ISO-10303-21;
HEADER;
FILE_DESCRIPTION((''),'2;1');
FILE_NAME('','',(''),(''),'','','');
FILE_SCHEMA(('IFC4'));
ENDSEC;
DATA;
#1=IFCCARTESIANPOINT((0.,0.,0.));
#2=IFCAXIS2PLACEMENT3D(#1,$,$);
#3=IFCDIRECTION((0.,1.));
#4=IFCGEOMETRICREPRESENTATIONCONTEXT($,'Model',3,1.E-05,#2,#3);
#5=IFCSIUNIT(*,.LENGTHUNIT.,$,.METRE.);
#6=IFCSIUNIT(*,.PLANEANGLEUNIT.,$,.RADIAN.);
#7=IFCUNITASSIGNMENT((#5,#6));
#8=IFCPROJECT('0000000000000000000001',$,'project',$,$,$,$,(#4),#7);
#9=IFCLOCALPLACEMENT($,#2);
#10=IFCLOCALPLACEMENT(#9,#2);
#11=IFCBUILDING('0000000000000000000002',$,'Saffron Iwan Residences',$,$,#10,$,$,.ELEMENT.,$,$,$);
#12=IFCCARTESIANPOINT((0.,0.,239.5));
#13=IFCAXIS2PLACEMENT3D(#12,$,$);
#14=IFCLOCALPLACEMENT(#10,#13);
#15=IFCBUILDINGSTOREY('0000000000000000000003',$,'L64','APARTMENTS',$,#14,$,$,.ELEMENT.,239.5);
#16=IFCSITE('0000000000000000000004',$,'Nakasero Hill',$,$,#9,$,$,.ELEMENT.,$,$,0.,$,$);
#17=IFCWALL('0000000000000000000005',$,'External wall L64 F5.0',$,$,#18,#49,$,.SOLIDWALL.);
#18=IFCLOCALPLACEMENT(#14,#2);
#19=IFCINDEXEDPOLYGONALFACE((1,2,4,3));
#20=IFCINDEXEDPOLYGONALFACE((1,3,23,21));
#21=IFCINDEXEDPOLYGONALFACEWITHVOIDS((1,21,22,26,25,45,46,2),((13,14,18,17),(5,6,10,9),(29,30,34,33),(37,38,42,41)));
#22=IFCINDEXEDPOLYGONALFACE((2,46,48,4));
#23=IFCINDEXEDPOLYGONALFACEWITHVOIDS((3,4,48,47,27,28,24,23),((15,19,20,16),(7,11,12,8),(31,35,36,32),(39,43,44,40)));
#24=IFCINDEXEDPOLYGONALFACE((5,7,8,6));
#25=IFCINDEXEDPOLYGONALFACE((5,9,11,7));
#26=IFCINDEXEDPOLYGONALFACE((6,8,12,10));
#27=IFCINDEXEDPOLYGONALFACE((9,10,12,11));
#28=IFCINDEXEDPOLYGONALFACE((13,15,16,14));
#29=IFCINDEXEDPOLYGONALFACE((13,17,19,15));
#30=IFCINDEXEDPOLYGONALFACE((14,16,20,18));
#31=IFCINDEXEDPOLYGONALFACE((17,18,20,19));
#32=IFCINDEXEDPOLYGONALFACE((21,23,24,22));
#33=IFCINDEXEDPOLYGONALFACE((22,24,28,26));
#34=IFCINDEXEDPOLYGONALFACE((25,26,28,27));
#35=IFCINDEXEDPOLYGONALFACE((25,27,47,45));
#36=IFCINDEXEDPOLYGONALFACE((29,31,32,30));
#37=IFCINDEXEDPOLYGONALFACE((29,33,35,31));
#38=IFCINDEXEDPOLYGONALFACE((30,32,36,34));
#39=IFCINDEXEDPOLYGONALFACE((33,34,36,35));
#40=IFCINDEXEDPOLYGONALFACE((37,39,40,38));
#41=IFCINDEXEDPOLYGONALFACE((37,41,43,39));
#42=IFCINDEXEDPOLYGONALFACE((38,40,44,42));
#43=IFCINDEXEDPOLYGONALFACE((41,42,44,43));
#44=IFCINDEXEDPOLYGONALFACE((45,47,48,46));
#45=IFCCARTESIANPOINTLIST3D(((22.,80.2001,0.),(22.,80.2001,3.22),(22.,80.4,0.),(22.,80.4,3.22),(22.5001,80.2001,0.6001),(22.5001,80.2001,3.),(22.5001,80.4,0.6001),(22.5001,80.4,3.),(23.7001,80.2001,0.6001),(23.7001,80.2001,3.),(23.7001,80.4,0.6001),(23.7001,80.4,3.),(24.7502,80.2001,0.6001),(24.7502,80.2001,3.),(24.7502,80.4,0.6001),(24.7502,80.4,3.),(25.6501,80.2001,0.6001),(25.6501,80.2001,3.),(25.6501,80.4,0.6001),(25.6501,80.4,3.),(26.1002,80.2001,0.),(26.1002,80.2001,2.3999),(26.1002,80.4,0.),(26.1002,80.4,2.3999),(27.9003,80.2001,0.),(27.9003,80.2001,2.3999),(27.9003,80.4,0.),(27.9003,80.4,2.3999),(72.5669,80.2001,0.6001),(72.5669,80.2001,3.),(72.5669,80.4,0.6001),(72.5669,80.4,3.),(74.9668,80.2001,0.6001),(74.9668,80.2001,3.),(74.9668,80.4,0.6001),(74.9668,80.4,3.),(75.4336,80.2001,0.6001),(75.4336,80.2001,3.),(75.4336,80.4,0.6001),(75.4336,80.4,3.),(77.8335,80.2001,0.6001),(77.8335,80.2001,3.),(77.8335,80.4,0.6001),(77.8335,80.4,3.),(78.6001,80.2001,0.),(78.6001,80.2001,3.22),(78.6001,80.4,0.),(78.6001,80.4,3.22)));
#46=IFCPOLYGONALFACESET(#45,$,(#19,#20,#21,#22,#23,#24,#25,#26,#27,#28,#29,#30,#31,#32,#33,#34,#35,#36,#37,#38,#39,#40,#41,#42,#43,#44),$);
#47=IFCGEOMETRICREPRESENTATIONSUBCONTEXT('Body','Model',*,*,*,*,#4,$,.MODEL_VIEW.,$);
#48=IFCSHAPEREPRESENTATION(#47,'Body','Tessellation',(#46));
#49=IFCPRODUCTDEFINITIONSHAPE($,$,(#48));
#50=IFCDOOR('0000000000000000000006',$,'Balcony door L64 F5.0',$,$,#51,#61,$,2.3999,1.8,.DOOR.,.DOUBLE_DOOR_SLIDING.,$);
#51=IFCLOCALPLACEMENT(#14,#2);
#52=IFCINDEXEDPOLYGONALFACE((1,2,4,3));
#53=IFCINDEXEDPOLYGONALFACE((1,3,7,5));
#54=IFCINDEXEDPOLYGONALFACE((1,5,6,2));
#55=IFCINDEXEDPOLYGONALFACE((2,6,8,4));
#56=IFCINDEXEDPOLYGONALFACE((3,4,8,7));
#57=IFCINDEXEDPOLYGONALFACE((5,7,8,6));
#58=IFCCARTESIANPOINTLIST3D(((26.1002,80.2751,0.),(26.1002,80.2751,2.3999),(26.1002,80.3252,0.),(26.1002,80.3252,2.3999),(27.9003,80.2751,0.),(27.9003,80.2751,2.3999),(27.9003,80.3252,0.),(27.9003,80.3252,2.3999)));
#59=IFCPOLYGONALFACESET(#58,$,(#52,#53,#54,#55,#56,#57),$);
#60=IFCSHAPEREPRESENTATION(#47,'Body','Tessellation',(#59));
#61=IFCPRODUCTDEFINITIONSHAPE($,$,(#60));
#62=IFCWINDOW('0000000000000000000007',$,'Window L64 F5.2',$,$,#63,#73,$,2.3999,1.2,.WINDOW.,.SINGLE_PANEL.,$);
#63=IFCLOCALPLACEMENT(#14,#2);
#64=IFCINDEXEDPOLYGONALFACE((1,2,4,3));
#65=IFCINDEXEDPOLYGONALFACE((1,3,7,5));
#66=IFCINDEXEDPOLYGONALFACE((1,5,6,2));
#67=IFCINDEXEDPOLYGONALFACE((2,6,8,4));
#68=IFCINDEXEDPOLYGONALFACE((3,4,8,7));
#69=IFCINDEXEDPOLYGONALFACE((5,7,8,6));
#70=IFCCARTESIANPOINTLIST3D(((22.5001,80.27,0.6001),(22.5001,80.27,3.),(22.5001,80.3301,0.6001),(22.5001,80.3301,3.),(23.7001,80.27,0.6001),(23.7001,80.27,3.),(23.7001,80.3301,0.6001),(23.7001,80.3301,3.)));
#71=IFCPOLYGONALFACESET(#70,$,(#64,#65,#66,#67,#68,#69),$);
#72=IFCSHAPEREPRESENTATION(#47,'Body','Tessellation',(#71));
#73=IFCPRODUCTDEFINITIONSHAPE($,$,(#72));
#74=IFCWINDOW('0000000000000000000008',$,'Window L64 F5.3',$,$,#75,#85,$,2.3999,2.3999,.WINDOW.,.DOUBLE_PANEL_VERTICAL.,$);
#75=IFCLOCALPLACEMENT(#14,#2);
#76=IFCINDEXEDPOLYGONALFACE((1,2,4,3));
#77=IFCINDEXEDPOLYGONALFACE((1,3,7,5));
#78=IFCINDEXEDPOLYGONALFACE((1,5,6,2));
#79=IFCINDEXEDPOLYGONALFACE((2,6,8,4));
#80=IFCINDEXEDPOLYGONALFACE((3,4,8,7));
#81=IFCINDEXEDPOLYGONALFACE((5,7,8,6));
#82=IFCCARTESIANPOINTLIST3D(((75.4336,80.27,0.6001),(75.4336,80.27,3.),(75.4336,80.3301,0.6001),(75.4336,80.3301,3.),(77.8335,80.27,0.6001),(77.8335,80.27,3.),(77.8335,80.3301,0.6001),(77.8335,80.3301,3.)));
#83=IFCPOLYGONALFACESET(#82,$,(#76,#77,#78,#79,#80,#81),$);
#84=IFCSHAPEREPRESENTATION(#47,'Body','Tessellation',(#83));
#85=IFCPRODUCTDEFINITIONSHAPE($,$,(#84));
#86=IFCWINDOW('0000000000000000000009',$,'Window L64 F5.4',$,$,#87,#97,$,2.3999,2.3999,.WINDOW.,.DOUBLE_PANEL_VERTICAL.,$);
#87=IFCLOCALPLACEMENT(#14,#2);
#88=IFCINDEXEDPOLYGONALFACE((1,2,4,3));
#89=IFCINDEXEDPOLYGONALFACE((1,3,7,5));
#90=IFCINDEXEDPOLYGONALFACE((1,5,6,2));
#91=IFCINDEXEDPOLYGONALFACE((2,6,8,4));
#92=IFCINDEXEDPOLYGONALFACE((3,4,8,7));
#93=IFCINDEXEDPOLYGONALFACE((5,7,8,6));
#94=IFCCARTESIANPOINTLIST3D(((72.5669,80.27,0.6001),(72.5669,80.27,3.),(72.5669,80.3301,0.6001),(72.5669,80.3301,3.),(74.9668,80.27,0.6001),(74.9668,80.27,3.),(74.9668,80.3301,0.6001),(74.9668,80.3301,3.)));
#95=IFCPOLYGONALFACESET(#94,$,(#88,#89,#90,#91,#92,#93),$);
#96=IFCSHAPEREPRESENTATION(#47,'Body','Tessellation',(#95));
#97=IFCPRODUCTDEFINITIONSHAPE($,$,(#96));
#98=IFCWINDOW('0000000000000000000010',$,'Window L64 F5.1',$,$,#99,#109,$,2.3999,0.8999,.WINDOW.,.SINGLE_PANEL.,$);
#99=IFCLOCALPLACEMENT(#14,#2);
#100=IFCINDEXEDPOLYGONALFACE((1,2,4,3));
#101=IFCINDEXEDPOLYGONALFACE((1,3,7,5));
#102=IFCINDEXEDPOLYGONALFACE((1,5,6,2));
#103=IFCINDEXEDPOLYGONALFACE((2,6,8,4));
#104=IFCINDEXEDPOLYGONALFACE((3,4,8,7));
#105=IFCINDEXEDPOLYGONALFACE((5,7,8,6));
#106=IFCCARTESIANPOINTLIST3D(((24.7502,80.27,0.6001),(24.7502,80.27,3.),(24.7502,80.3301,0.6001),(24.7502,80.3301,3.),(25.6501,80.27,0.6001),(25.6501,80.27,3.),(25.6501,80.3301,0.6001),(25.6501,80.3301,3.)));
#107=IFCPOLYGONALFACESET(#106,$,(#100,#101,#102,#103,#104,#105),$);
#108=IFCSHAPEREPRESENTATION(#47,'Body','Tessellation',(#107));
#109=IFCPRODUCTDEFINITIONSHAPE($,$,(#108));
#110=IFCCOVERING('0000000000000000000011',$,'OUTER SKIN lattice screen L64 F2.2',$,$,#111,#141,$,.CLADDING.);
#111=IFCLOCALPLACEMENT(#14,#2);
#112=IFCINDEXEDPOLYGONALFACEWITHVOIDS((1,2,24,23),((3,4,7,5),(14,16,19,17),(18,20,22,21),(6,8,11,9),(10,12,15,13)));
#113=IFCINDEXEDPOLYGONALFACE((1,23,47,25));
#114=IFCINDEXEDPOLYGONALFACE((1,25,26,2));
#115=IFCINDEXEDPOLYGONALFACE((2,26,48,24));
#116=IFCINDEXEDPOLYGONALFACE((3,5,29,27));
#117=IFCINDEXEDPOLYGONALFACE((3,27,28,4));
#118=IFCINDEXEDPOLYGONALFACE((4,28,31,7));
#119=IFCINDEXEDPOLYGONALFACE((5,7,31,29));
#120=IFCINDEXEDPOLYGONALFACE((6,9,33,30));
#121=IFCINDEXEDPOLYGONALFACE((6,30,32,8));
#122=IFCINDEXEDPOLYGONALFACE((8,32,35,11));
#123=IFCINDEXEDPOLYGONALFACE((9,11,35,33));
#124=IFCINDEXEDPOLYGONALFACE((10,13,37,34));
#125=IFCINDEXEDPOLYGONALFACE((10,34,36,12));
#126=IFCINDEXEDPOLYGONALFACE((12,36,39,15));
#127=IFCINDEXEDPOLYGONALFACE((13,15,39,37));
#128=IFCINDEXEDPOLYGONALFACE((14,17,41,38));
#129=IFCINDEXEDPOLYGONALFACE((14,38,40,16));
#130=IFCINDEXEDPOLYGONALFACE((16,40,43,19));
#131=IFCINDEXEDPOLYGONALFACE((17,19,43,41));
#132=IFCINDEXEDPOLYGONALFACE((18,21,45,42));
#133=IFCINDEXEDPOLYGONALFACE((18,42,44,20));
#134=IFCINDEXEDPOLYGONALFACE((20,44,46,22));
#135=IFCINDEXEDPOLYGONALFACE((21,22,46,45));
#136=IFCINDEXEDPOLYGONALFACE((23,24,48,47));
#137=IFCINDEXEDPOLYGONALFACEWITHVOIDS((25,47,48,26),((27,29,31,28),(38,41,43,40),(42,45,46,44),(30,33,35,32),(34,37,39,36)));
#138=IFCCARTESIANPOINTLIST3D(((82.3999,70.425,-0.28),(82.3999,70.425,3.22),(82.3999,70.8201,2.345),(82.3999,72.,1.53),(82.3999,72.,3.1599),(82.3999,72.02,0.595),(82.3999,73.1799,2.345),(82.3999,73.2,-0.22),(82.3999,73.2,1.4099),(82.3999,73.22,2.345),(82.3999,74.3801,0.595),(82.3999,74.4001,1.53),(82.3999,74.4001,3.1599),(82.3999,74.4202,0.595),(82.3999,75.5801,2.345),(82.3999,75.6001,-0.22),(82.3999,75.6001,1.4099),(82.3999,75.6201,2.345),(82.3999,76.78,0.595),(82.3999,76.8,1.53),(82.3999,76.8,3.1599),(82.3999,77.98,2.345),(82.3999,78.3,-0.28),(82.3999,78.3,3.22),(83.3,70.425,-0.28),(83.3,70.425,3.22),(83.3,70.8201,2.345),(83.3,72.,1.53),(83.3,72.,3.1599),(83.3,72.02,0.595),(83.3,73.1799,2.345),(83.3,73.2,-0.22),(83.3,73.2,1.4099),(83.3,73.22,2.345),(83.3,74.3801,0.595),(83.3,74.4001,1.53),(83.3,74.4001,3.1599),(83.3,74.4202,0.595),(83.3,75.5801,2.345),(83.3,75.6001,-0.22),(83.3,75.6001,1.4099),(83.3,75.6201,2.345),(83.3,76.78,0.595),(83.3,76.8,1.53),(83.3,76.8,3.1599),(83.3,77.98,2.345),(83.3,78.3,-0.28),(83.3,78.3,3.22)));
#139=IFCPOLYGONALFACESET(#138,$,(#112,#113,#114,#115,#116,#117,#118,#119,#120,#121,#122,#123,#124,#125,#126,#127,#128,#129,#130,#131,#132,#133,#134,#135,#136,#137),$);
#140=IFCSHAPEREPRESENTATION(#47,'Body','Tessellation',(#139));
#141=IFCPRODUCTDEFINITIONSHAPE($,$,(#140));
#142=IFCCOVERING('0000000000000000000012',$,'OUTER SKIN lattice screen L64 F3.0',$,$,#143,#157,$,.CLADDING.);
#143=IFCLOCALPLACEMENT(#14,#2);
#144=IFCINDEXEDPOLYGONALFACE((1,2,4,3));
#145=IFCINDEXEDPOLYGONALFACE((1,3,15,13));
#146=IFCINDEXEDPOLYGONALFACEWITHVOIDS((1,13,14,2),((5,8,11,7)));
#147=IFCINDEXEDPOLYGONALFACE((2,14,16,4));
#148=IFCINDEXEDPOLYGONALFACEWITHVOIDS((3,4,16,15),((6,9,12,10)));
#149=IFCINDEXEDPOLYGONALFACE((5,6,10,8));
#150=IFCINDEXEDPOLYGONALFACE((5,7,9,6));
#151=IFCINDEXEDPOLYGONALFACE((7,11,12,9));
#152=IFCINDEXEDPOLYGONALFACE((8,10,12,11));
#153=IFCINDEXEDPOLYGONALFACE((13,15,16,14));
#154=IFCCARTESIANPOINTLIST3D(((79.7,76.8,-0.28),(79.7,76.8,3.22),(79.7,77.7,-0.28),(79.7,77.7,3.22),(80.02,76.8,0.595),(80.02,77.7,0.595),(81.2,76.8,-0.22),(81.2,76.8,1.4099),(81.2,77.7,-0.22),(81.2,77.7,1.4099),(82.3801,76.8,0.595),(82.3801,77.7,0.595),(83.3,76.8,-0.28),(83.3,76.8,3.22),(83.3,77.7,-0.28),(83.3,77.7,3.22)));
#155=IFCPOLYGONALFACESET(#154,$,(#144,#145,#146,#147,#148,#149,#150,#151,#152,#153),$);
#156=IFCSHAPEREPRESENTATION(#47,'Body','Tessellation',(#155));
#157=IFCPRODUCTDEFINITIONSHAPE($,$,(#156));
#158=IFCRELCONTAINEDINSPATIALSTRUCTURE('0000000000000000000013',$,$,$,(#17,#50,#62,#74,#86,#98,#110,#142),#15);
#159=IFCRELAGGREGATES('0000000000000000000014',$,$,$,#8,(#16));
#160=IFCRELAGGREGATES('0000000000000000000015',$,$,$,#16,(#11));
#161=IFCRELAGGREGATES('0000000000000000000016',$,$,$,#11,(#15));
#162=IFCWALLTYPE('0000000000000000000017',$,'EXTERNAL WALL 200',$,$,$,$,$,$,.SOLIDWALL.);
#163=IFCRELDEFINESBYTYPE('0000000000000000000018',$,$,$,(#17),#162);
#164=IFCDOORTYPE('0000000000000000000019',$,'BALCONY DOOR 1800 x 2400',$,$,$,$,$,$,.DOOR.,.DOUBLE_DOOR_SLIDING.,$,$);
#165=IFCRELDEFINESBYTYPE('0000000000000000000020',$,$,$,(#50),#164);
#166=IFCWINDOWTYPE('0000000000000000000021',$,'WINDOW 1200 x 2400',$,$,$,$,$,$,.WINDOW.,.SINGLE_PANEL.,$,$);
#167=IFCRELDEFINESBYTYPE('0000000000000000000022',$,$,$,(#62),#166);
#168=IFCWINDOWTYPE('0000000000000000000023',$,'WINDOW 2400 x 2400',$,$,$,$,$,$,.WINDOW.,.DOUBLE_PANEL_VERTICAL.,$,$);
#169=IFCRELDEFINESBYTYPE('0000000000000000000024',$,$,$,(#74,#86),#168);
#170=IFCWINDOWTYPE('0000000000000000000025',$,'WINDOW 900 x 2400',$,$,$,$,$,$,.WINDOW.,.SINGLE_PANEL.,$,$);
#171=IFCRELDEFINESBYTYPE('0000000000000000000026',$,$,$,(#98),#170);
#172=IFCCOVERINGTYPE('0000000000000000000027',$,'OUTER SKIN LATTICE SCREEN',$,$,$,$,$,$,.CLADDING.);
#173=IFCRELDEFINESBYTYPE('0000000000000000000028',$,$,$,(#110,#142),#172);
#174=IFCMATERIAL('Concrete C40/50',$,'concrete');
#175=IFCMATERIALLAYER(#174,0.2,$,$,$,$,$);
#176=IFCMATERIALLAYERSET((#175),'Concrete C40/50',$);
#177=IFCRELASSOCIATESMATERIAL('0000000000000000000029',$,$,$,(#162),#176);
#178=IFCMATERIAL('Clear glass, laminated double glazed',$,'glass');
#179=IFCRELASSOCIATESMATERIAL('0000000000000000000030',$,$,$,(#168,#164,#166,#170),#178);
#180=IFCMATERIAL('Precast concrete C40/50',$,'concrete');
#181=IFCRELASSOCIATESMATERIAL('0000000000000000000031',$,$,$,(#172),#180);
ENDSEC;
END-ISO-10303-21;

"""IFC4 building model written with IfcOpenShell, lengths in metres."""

from ifc_helpers import new_model, si_unit, direction, frame, frame_2d, origin, place, context, subcontext, project, spatial, polyline, rectangle, outline, extrude, material, layer, layer_set, type_object, element, fill, save


model = new_model("IFC4")

# Units and contexts
model_context = context("Model", 3, precision=1e-05, world=origin(), true_north=direction((0.0, 1.0)))
body_context = subcontext(model_context, "Body", "Model", "MODEL_VIEW")
ifc_project = project(units=[si_unit("LENGTHUNIT", "METRE"), si_unit("PLANEANGLEUNIT", "RADIAN")], contexts=[model_context])

# Site, building, storey
site_placement = place(None, origin())
site = spatial("IfcSite", under=ifc_project, at=site_placement, Name="Nakasero Hill", CompositionType="ELEMENT", RefElevation=0.0)
building_placement = place(site_placement, origin())
building = spatial("IfcBuilding", under=site, at=building_placement, Name="Saffron Iwan Residences", CompositionType="ELEMENT")
storey_placement = place(building_placement, frame((0.0, 0.0, 239.5)))
storey = spatial("IfcBuildingStorey", under=building, at=storey_placement, Name="L64", Description="APARTMENTS", CompositionType="ELEMENT", Elevation=239.5)

# Shared definitions
ifc_material_1 = material(Name="Concrete C40/50", Category="concrete")

# Shared definitions
ifc_layer = layer(ifc_material_1, 0.2)
ifc_layer_set = layer_set([ifc_layer], Name="Concrete C40/50")
wall_type = type_object("IfcWallType", Name="EXTERNAL WALL 200", PredefinedType="SOLIDWALL", material=ifc_layer_set)
ifc_material_2 = material(Name="Clear glass, laminated double glazed", Category="glass")
window_type_1 = type_object("IfcWindowType", Name="WINDOW 2400 x 2400", PartitioningType="DOUBLE_PANEL_VERTICAL", PredefinedType="WINDOW", material=ifc_material_2)

# Wall, openings, door, windows
wall_1_placement = place(storey_placement, frame((78.6001, 80.3, 0.0), z_axis=(0.0, 0.0, 1.0), x_axis=(-1.0, 0.0, 0.0)))
wall_1 = element("IfcWall", 1, at=wall_1_placement, inside=storey, type_object=wall_type, Name="External wall L64 F5.0", PredefinedType="SOLIDWALL", context=body_context, shape_type="SweptSolid", body=[
    extrude(rectangle(XDim=56.6001, YDim=0.2, at=frame_2d((28.3, 0.0))), origin(), (0.0, 0.0, 1.0), 3.22),
])
opening_1_placement = place(wall_1_placement, frame((50.7, 0.0, 0.0)))
opening_1 = element("IfcOpeningElement", 2, at=opening_1_placement, cuts=wall_1, PredefinedType="OPENING", context=body_context, shape_type="SweptSolid", body=[
    extrude(rectangle(XDim=1.8, YDim=2.3999, at=frame_2d((0.8999, 1.2))), frame((0.0, 0.1099, 0.0), z_axis=(0.0, -1.0, 0.0), x_axis=(1.0, 0.0, 0.0)), (0.0, 0.0, 1.0), 0.22),
])
opening_2_placement = place(wall_1_placement, frame((52.95, 0.0, 0.6001)))
opening_2 = element("IfcOpeningElement", 3, at=opening_2_placement, cuts=wall_1, PredefinedType="OPENING", context=body_context, shape_type="SweptSolid", body=[
    extrude(rectangle(XDim=0.8999, YDim=2.3999, at=frame_2d((0.45, 1.2))), frame((0.0, 0.1099, 0.0), z_axis=(0.0, -1.0, 0.0), x_axis=(1.0, 0.0, 0.0)), (0.0, 0.0, 1.0), 0.22),
])
opening_3_placement = place(wall_1_placement, frame((54.8999, 0.0, 0.6001)))
opening_3 = element("IfcOpeningElement", 4, at=opening_3_placement, cuts=wall_1, PredefinedType="OPENING", context=body_context, shape_type="SweptSolid", body=[
    extrude(rectangle(XDim=1.2, YDim=2.3999, at=frame_2d((0.6001, 1.2))), frame((0.0, 0.1099, 0.0), z_axis=(0.0, -1.0, 0.0), x_axis=(1.0, 0.0, 0.0)), (0.0, 0.0, 1.0), 0.22),
])
opening_4_placement = place(wall_1_placement, frame((0.7666, 0.0, 0.6001)))
opening_4 = element("IfcOpeningElement", 5, at=opening_4_placement, cuts=wall_1, PredefinedType="OPENING", context=body_context, shape_type="SweptSolid", body=[
    extrude(rectangle(XDim=2.3999, YDim=2.3999, at=frame_2d((1.2, 1.2))), frame((0.0, 0.1099, 0.0), z_axis=(0.0, -1.0, 0.0), x_axis=(1.0, 0.0, 0.0)), (0.0, 0.0, 1.0), 0.22),
])
opening_5_placement = place(wall_1_placement, frame((3.6333, 0.0, 0.6001)))
opening_5 = element("IfcOpeningElement", 6, at=opening_5_placement, cuts=wall_1, PredefinedType="OPENING", context=body_context, shape_type="SweptSolid", body=[
    extrude(rectangle(XDim=2.3999, YDim=2.3999, at=frame_2d((1.2, 1.2))), frame((0.0, 0.1099, 0.0), z_axis=(0.0, -1.0, 0.0), x_axis=(1.0, 0.0, 0.0)), (0.0, 0.0, 1.0), 0.22),
])
door_type = type_object("IfcDoorType", Name="BALCONY DOOR 1800 x 2400", OperationType="DOUBLE_DOOR_SLIDING", PredefinedType="DOOR", material=ifc_material_2)
door_placement = place(opening_1_placement, origin())
door = element("IfcDoor", 7, at=door_placement, inside=storey, type_object=door_type, Name="Balcony door L64 F5.0", OperationType="DOUBLE_DOOR_SLIDING", OverallHeight=2.3999, OverallWidth=1.8, PredefinedType="DOOR", context=body_context, shape_type="SweptSolid", body=[
    extrude(rectangle(XDim=1.8, YDim=2.3999, at=frame_2d((0.8999, 1.2))), frame((0.0, 0.0249, 0.0), z_axis=(0.0, -1.0, 0.0), x_axis=(1.0, 0.0, 0.0)), (0.0, 0.0, 1.0), 0.05),
])
fill(opening_1, door)
window_type_2 = type_object("IfcWindowType", Name="WINDOW 1200 x 2400", PartitioningType="SINGLE_PANEL", PredefinedType="WINDOW", material=ifc_material_2)
window_1_placement = place(opening_3_placement, origin())
window_1 = element("IfcWindow", 8, at=window_1_placement, inside=storey, type_object=window_type_2, Name="Window L64 F5.2", OverallHeight=2.3999, OverallWidth=1.2, PartitioningType="SINGLE_PANEL", PredefinedType="WINDOW", context=body_context, shape_type="SweptSolid", body=[
    extrude(rectangle(XDim=1.2, YDim=2.3999, at=frame_2d((0.6001, 1.2))), frame((0.0, 0.03, 0.0), z_axis=(0.0, -1.0, 0.0), x_axis=(1.0, 0.0, 0.0)), (0.0, 0.0, 1.0), 0.0601),
])
fill(opening_3, window_1)
window_2_placement = place(opening_4_placement, origin())
window_2 = element("IfcWindow", 9, at=window_2_placement, inside=storey, type_object=window_type_1, Name="Window L64 F5.3", OverallHeight=2.3999, OverallWidth=2.3999, PartitioningType="DOUBLE_PANEL_VERTICAL", PredefinedType="WINDOW", context=body_context, shape_type="SweptSolid", body=[
    extrude(rectangle(XDim=2.3999, YDim=2.3999, at=frame_2d((1.2, 1.2))), frame((0.0, 0.03, 0.0), z_axis=(0.0, -1.0, 0.0), x_axis=(1.0, 0.0, 0.0)), (0.0, 0.0, 1.0), 0.0601),
])
fill(opening_4, window_2)
window_3_placement = place(opening_5_placement, origin())
window_3 = element("IfcWindow", 10, at=window_3_placement, inside=storey, type_object=window_type_1, Name="Window L64 F5.4", OverallHeight=2.3999, OverallWidth=2.3999, PartitioningType="DOUBLE_PANEL_VERTICAL", PredefinedType="WINDOW", context=body_context, shape_type="SweptSolid", body=[
    extrude(rectangle(XDim=2.3999, YDim=2.3999, at=frame_2d((1.2, 1.2))), frame((0.0, 0.03, 0.0), z_axis=(0.0, -1.0, 0.0), x_axis=(1.0, 0.0, 0.0)), (0.0, 0.0, 1.0), 0.0601),
])
fill(opening_5, window_3)
window_type_3 = type_object("IfcWindowType", Name="WINDOW 900 x 2400", PartitioningType="SINGLE_PANEL", PredefinedType="WINDOW", material=ifc_material_2)
window_4_placement = place(opening_2_placement, origin())
window_4 = element("IfcWindow", 11, at=window_4_placement, inside=storey, type_object=window_type_3, Name="Window L64 F5.1", OverallHeight=2.3999, OverallWidth=0.8999, PartitioningType="SINGLE_PANEL", PredefinedType="WINDOW", context=body_context, shape_type="SweptSolid", body=[
    extrude(rectangle(XDim=0.8999, YDim=2.3999, at=frame_2d((0.45, 1.2))), frame((0.0, 0.03, 0.0), z_axis=(0.0, -1.0, 0.0), x_axis=(1.0, 0.0, 0.0)), (0.0, 0.0, 1.0), 0.0601),
])
fill(opening_2, window_4)

# Coverings
ifc_material_3 = material(Name="Precast concrete C40/50", Category="concrete")
covering_type = type_object("IfcCoveringType", Name="OUTER SKIN LATTICE SCREEN", PredefinedType="CLADDING", material=ifc_material_3)
covering_1_placement = place(storey_placement, frame((82.3999, 70.425, -0.28), z_axis=(1.0, 0.0, 0.0), x_axis=(0.0, 1.0, 0.0)))
element("IfcCovering", 12, at=covering_1_placement, inside=storey, type_object=covering_type, Name="OUTER SKIN lattice screen L64 F2.2", PredefinedType="CLADDING", context=body_context, shape_type="SweptSolid", body=[
    extrude(outline(polyline([(0.0, 0.0), (7.875, 0.0), (7.875, 3.5), (0.0, 3.5), (0.0, 0.0)]), holes=[polyline([(1.595, 0.875), (2.7749, 0.0601), (3.9551, 0.875), (2.7749, 1.6899), (1.595, 0.875)]), polyline([(3.9951, 0.875), (5.175, 0.0601), (6.355, 0.875), (5.175, 1.6899), (3.9951, 0.875)]), polyline([(0.395, 2.625), (1.575, 1.8101), (2.7549, 2.625), (1.575, 3.4399), (0.395, 2.625)]), polyline([(2.7949, 2.625), (3.9751, 1.8101), (5.155, 2.625), (3.9751, 3.4399), (2.7949, 2.625)]), polyline([(5.1951, 2.625), (6.375, 1.8101), (7.5549, 2.625), (6.375, 3.4399), (5.1951, 2.625)])]), origin(), (0.0, 0.0, 1.0), 0.9001),
])
for number, where, z_axis, x_axis, name in (
    (13, (83.3, 76.8, -0.28), (0.0, 1.0, 0.0), (-1.0, 0.0, 0.0), "OUTER SKIN lattice screen L64 F3.0"),
):
    element("IfcCovering", number, at=place(storey_placement, frame(where, z_axis=z_axis, x_axis=x_axis)), inside=storey, type_object=covering_type, Name=name, PredefinedType="CLADDING", context=body_context, shape_type="SweptSolid", body=[
        extrude(outline(polyline([(0.0, 0.0), (3.6001, 0.0), (3.6001, 3.5), (0.0, 3.5), (0.0, 0.0)]), holes=[polyline([(0.9199, 0.875), (2.1001, 0.0601), (3.28, 0.875), (2.1001, 1.6899), (0.9199, 0.875)])]), origin(), (0.0, 0.0, 1.0), 0.8999),
    ])

save(model, "model.ifc")
